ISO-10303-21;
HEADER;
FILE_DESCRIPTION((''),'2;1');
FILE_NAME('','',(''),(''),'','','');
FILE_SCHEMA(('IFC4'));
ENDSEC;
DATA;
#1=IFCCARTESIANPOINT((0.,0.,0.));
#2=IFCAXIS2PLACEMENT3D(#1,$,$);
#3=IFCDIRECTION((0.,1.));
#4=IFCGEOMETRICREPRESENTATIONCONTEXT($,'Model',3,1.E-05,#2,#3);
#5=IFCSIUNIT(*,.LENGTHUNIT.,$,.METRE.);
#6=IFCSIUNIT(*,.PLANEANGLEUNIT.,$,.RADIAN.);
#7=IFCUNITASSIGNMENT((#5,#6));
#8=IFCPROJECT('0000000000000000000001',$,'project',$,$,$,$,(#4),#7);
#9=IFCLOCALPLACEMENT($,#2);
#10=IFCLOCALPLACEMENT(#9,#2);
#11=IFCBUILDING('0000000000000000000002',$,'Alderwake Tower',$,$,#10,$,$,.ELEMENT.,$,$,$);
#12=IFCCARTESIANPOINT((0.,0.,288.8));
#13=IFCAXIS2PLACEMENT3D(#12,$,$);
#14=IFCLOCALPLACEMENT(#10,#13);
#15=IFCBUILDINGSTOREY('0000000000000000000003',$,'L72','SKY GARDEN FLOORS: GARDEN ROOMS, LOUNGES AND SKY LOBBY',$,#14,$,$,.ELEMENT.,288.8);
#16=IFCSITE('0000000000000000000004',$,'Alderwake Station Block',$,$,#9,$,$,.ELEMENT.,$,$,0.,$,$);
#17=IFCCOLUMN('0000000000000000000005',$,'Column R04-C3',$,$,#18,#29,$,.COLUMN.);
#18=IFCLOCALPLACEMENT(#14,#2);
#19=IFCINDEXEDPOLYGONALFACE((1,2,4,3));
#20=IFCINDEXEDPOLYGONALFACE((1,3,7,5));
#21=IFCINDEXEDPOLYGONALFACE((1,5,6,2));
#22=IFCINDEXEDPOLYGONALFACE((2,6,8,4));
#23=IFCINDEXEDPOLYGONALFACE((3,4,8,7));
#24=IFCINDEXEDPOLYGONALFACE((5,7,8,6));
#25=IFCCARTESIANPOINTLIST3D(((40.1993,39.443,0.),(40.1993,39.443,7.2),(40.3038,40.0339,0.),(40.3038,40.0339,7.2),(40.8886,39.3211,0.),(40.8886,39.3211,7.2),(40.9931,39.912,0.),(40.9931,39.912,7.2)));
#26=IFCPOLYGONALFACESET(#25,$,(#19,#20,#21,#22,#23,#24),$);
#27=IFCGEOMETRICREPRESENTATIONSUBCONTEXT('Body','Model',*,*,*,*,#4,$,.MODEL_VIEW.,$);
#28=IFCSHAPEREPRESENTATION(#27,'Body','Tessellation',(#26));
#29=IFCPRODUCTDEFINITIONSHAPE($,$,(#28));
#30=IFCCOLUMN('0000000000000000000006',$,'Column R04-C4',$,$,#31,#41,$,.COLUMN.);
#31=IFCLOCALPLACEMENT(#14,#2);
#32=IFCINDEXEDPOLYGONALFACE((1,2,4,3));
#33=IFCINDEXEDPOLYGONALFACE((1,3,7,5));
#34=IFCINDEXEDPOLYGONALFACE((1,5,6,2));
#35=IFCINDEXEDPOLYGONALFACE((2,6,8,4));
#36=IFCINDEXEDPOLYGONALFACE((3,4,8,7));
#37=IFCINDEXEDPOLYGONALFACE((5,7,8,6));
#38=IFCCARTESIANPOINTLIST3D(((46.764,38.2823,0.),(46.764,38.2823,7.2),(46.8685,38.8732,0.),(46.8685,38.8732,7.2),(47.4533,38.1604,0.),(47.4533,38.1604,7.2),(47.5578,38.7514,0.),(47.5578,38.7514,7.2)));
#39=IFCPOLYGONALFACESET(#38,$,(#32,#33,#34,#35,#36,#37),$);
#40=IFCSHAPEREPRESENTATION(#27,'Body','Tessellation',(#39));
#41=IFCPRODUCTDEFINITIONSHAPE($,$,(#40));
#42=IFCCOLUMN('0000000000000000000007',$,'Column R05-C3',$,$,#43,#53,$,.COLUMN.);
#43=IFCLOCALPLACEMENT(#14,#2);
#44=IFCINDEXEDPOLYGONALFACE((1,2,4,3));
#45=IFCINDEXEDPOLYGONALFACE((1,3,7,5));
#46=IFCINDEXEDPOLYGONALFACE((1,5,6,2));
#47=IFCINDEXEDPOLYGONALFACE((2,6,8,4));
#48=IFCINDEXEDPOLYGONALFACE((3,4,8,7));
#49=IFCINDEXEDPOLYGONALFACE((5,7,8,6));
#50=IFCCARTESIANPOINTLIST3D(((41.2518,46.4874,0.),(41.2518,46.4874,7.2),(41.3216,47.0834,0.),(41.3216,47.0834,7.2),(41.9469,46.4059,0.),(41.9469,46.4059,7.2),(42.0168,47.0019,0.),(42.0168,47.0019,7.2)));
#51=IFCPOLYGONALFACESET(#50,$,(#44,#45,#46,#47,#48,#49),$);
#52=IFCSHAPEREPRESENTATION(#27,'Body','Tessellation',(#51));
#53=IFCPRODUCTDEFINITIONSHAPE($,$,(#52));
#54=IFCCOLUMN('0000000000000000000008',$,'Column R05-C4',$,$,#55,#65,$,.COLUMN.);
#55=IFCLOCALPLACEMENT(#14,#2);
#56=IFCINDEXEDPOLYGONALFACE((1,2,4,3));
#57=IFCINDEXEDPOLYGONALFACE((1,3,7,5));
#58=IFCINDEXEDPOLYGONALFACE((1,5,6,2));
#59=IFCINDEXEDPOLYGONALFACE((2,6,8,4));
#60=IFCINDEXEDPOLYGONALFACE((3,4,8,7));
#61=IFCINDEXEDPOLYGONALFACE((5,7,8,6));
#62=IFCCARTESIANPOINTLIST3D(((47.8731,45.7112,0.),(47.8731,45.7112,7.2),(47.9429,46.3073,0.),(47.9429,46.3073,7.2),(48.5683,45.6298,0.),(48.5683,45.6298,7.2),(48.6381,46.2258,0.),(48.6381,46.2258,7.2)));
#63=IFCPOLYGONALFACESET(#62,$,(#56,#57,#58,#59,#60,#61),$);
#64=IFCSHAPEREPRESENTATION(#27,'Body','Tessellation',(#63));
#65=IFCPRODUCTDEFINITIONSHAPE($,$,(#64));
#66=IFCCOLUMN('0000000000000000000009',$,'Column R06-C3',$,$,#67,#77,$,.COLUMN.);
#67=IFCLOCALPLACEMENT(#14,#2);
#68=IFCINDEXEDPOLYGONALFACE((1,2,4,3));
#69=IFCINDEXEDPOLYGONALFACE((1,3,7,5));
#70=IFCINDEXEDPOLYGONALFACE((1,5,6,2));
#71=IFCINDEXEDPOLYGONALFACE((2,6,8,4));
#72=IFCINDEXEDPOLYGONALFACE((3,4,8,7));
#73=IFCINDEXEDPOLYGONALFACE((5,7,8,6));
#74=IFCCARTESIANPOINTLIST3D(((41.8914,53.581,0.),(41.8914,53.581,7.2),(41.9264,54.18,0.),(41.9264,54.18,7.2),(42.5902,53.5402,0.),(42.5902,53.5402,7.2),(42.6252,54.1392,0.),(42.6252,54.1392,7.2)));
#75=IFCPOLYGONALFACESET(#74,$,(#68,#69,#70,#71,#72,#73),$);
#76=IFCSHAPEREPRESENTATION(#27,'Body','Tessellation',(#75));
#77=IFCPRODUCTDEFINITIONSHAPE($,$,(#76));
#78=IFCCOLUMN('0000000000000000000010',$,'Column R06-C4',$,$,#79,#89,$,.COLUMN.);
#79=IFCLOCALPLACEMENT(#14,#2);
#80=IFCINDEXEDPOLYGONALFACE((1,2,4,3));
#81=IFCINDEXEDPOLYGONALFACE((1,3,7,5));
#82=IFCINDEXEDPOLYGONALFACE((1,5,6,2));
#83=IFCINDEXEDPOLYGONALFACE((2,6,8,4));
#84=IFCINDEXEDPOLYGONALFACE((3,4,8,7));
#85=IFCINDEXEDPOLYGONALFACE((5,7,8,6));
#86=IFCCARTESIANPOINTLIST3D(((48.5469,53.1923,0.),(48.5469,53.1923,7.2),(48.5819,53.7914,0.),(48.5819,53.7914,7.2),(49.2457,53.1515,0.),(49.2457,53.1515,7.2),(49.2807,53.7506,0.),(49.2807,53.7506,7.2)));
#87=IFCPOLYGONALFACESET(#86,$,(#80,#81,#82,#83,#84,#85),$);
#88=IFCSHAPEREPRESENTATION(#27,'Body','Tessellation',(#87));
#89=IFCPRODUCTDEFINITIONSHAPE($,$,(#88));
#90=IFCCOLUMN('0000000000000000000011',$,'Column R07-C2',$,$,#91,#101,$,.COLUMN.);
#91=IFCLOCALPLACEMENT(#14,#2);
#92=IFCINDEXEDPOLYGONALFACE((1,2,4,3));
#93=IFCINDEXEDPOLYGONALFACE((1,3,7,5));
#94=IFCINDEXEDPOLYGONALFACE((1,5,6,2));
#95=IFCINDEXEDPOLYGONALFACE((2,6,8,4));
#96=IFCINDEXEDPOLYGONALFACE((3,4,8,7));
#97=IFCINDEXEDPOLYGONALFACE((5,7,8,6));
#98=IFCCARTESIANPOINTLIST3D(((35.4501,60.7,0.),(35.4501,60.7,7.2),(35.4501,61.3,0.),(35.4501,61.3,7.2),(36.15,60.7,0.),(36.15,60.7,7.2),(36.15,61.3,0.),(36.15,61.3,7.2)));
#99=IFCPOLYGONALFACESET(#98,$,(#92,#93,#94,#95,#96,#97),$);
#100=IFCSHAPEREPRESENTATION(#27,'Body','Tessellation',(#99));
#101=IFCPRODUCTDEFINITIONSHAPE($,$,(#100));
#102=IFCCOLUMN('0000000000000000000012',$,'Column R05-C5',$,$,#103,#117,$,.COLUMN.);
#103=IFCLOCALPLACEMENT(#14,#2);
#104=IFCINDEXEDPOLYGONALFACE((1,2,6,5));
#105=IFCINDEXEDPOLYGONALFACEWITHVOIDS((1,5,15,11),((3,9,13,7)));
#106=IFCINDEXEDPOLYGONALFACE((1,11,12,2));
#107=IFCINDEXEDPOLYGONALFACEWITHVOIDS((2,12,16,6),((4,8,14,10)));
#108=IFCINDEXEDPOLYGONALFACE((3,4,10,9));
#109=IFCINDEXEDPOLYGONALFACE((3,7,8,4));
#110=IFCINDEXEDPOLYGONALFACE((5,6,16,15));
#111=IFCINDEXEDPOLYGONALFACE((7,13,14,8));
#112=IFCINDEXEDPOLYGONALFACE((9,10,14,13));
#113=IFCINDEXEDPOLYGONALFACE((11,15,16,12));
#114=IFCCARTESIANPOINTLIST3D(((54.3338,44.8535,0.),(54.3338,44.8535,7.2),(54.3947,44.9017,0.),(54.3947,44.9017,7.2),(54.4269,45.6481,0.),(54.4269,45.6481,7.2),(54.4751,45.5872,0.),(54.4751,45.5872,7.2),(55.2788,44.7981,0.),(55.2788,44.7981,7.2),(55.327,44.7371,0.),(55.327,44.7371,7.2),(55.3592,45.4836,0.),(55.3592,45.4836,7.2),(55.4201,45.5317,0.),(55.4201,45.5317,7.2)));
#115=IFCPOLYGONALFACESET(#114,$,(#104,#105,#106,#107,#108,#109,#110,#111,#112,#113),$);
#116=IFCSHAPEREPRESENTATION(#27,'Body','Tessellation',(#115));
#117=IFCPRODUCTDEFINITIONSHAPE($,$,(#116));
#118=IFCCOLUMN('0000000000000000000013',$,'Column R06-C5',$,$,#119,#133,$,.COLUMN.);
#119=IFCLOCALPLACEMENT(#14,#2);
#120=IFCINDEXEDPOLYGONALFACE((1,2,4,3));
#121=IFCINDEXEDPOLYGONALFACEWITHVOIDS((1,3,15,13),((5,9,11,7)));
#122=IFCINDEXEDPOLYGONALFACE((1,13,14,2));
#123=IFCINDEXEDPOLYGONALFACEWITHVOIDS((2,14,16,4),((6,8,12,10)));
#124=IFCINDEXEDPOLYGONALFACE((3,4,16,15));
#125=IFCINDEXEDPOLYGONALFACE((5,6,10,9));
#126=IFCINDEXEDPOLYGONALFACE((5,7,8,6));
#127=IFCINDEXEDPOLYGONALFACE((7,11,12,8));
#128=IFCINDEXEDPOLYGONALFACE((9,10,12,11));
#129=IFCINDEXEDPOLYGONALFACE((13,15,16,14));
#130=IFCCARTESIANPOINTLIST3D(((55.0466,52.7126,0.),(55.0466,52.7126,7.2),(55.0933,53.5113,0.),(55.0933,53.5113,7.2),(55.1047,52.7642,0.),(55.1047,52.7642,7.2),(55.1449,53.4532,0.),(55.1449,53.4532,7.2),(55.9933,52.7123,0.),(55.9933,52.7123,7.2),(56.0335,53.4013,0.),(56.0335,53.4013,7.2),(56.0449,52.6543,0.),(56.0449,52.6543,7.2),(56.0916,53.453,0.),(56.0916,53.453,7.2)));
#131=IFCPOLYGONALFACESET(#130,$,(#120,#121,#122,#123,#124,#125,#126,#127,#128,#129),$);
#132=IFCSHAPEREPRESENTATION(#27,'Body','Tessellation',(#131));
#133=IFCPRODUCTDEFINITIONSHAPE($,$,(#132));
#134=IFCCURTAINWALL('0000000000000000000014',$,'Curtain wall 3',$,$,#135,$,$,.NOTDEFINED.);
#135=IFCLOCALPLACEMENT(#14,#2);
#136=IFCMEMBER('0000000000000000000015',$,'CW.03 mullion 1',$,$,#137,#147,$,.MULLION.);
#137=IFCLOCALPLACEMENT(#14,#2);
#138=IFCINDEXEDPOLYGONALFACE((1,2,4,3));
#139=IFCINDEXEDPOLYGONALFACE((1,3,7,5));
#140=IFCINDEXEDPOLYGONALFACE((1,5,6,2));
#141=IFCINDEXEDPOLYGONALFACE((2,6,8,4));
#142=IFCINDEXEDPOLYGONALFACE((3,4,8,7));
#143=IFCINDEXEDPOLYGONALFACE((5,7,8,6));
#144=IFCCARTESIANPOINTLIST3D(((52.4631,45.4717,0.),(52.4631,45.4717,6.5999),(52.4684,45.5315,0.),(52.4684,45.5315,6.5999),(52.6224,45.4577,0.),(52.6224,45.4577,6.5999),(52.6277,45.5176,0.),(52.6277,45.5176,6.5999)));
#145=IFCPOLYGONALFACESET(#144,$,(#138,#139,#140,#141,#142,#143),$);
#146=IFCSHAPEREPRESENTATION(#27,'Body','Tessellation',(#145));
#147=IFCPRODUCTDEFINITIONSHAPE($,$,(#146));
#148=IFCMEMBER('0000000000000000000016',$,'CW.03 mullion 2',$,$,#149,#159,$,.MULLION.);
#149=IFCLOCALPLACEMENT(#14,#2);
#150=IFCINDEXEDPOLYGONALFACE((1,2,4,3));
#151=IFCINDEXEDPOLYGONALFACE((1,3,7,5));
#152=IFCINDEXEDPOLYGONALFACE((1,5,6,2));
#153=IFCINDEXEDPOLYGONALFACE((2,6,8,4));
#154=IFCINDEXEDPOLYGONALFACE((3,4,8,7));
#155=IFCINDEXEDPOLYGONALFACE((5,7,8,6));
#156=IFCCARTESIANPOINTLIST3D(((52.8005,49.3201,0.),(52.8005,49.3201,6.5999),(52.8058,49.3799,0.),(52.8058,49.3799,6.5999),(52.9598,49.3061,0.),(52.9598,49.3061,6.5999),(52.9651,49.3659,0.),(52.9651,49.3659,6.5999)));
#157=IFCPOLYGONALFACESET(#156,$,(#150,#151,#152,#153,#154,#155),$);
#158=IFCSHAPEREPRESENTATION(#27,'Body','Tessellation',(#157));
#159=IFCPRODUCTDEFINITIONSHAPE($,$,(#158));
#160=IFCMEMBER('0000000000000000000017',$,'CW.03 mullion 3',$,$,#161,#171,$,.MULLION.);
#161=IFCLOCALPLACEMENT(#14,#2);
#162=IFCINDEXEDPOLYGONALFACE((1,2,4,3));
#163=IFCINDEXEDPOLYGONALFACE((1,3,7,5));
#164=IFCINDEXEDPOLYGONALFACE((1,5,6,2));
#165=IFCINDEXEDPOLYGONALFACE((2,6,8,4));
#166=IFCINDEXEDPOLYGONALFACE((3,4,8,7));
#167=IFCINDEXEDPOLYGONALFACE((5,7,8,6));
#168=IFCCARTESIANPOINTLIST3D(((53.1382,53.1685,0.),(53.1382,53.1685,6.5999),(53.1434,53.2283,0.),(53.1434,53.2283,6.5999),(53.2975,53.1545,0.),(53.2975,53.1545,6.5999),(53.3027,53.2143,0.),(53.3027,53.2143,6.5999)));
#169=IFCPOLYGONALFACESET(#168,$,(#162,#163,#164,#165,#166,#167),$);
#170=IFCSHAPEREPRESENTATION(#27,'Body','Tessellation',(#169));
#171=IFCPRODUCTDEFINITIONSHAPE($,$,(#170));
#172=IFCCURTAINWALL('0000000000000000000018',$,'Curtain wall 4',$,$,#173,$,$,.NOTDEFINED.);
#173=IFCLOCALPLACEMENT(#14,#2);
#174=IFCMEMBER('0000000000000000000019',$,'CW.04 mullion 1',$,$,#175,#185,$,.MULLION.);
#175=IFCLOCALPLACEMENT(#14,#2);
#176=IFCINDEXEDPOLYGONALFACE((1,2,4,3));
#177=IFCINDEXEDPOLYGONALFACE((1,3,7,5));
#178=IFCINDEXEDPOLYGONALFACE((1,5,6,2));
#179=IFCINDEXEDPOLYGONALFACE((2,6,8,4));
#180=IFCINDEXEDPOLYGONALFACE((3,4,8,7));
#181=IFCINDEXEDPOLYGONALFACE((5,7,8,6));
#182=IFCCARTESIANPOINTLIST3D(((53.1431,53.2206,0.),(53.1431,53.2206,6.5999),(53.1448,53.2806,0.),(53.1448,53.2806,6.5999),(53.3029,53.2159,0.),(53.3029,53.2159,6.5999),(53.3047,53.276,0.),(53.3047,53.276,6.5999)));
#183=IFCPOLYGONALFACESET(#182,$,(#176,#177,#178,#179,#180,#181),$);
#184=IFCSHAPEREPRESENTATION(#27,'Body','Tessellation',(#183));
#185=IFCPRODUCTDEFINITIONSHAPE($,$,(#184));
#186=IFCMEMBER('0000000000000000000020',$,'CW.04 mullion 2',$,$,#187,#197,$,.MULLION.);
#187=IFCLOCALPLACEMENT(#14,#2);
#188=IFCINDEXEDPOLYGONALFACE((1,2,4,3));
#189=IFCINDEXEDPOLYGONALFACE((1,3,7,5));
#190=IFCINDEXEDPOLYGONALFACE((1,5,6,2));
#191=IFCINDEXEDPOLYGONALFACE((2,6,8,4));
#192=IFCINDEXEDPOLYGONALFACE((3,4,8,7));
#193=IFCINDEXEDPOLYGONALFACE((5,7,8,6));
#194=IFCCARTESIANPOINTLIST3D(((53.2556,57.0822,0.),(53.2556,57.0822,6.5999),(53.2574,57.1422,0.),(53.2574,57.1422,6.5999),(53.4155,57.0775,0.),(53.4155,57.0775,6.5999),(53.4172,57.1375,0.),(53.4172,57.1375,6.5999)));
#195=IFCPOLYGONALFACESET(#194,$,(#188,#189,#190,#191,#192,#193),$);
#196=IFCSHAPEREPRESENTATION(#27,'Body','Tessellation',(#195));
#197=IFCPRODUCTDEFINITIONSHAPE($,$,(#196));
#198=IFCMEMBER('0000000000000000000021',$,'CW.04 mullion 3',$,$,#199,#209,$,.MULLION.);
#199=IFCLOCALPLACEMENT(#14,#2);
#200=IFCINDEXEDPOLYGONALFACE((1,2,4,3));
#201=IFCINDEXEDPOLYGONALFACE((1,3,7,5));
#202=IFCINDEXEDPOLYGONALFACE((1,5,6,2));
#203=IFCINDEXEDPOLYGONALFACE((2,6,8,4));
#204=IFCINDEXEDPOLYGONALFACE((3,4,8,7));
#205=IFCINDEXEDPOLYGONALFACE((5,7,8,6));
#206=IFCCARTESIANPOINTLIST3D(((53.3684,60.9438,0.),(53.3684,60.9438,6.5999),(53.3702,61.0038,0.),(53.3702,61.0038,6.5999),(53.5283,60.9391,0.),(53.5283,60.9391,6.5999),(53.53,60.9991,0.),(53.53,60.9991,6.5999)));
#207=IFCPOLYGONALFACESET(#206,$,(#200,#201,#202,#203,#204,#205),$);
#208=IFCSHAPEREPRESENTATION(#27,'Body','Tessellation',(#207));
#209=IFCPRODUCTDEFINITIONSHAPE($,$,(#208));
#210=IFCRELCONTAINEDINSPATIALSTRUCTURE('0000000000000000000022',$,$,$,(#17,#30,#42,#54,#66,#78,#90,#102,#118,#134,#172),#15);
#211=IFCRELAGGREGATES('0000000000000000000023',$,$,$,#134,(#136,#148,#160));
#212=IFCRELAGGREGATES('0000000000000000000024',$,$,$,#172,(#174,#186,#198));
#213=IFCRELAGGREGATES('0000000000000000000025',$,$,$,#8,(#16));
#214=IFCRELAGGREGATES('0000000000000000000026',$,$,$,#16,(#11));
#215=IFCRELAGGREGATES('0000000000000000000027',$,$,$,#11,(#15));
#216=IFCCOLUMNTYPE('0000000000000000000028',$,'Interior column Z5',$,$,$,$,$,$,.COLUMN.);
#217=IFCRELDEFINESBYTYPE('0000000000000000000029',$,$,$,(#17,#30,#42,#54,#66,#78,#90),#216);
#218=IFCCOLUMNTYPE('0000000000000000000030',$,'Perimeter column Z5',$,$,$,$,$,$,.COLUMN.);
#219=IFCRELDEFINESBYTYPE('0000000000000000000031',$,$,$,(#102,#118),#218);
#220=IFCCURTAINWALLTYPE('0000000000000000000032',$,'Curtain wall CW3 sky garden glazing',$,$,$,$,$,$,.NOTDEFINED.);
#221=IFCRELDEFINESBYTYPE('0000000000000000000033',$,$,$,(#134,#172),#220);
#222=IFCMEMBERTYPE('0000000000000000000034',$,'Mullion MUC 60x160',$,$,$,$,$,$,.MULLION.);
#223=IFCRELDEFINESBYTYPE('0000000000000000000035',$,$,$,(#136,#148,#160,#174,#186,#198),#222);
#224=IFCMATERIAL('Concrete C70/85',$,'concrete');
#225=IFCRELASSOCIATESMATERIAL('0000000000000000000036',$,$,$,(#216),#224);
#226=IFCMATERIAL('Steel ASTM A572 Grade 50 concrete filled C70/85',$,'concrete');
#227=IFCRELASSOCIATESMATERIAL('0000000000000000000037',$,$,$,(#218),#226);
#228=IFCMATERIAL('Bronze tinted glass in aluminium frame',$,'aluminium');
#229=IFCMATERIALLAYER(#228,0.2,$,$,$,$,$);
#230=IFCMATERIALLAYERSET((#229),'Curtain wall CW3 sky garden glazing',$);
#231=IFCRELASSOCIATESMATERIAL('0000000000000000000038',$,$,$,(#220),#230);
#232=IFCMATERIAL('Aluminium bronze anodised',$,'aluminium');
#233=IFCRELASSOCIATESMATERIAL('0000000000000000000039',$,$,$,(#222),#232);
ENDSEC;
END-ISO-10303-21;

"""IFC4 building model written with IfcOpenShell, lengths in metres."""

from ifc_helpers import new_model, si_unit, direction, frame, origin, origin_2d, place, context, subcontext, project, spatial, rectangle, hollow_rectangle, extrude, material, layer, layer_set, material_profile, profile_set, type_object, element, aggregate, save


model = new_model("IFC4")

# Units and contexts
model_context = context("Model", 3, precision=1e-05, world=origin(), true_north=direction((0.0, 1.0)))
body_context = subcontext(model_context, "Body", "Model", "MODEL_VIEW")
ifc_project = project(units=[si_unit("LENGTHUNIT", "METRE"), si_unit("PLANEANGLEUNIT", "RADIAN")], contexts=[model_context])

# Site, building, storey
site_placement = place(None, origin())
site = spatial("IfcSite", under=ifc_project, at=site_placement, Name="Alderwake Station Block", CompositionType="ELEMENT", RefElevation=0.0)
building_placement = place(site_placement, origin())
building = spatial("IfcBuilding", under=site, at=building_placement, Name="Alderwake Tower", CompositionType="ELEMENT")
storey_placement = place(building_placement, frame((0.0, 0.0, 288.8)))
storey = spatial("IfcBuildingStorey", under=building, at=storey_placement, Name="L72", Description="SKY GARDEN FLOORS: GARDEN ROOMS, LOUNGES AND SKY LOBBY", CompositionType="ELEMENT", Elevation=288.8)

# Columns
ifc_material_1 = material(Name="Concrete C70/85", Category="concrete")
ifc_material_profile_1 = material_profile(ifc_material_1, rectangle(XDim=0.6001, YDim=0.7, at=origin_2d()), Name="RC 700X600")
ifc_profile_set_1 = profile_set([ifc_material_profile_1], Name="Concrete C70/85")
column_type_1 = type_object("IfcColumnType", Name="Interior column Z5", PredefinedType="COLUMN", material=ifc_profile_set_1)
for number, where, z_axis, x_axis, name in (
    (1, (40.5962, 39.6775, 0.0), (0.0, 0.0, 1.0), (0.174107, 0.984727, 0.0), "Column R04-C3"),
    (2, (47.1609, 38.5168, 0.0), (0.0, 0.0, 1.0), (0.174109, 0.984726, 0.0), "Column R04-C4"),
    (3, (41.6343, 46.7446, 0.0), (0.0, 0.0, 1.0), (0.116402, 0.993202, 0.0), "Column R05-C3"),
    (4, (48.2556, 45.9685, 0.0), (0.0, 0.0, 1.0), (0.116402, 0.993202, 0.0), "Column R05-C4"),
    (5, (42.2583, 53.8601, 0.0), (0.0, 0.0, 1.0), (0.058299, 0.998299, 0.0), "Column R06-C3"),
    (6, (48.9138, 53.4714, 0.0), (0.0, 0.0, 1.0), (0.058301, 0.998299, 0.0), "Column R06-C4"),
    (7, (35.8, 61.0, 0.0), (0.0, 0.0, 1.0), (0.0, 1.0, 0.0), "Column R07-C2"),
):
    element("IfcColumn", number, at=place(storey_placement, frame(where, z_axis=z_axis, x_axis=x_axis)), inside=storey, type_object=column_type_1, Name=name, PredefinedType="COLUMN", context=body_context, shape_type="SweptSolid", body=[
        extrude(rectangle(XDim=0.6001, YDim=0.7, at=origin_2d()), origin(), (0.0, 0.0, 1.0), 7.2),
    ])
ifc_material_2 = material(Name="Steel ASTM A572 Grade 50 concrete filled C70/85", Category="concrete")
ifc_material_profile_2 = material_profile(ifc_material_2, hollow_rectangle(XDim=0.8, YDim=1.0, WallThickness=0.0549, at=origin_2d()), Name="BOX 1000X800X55")
ifc_profile_set_2 = profile_set([ifc_material_profile_2], Name="Steel ASTM A572 Grade 50 concrete filled C70/85")
column_type_2 = type_object("IfcColumnType", Name="Perimeter column Z5", PredefinedType="COLUMN", material=ifc_profile_set_2)
for number, where, z_axis, x_axis, name in (
    (8, (54.877, 45.1926, 0.0), (0.0, 0.0, 1.0), (0.116402, 0.993202, 0.0), "Column R05-C5"),
    (9, (55.5691, 53.0828, 0.0), (0.0, 0.0, 1.0), (0.058301, 0.998299, 0.0), "Column R06-C5"),
):
    element("IfcColumn", number, at=place(storey_placement, frame(where, z_axis=z_axis, x_axis=x_axis)), inside=storey, type_object=column_type_2, Name=name, PredefinedType="COLUMN", context=body_context, shape_type="SweptSolid", body=[
        extrude(hollow_rectangle(XDim=0.8, YDim=1.0, WallThickness=0.0549, at=origin_2d()), origin(), (0.0, 0.0, 1.0), 7.2),
    ])

# Curtain walls, members
ifc_material_3 = material(Name="Bronze tinted glass in aluminium frame", Category="aluminium")
ifc_layer_1 = layer(ifc_material_3, 0.2)
ifc_layer_set_1 = layer_set([ifc_layer_1], Name="Curtain wall CW3 sky garden glazing")
curtain_wall_type = type_object("IfcCurtainWallType", Name="Curtain wall CW3 sky garden glazing", PredefinedType="NOTDEFINED", material=ifc_layer_set_1)
curtain_wall_1_placement = place(storey_placement, origin())
curtain_wall_1 = element("IfcCurtainWall", 10, at=curtain_wall_1_placement, inside=storey, type_object=curtain_wall_type, Name="Curtain wall 3", PredefinedType="NOTDEFINED")
ifc_material_4 = material(Name="Aluminium bronze anodised", Category="aluminium")
ifc_material_profile_3 = material_profile(ifc_material_4, rectangle(XDim=0.1599, YDim=0.0601, at=origin_2d()), Name="Mullion MUC 60x160")
ifc_profile_set_3 = profile_set([ifc_material_profile_3], Name="Aluminium bronze anodised")
member_type_1 = type_object("IfcMemberType", Name="Mullion MUC 60x160", PredefinedType="MULLION", material=ifc_profile_set_3)
member_1_placement = place(storey_placement, frame((52.5454, 45.4946, 0.0), z_axis=(0.0, 0.0, 1.0), x_axis=(-0.996175, 0.087383, 0.0)))
member_1 = element("IfcMember", 11, at=member_1_placement, type_object=member_type_1, Name="CW.03 mullion 1", PredefinedType="MULLION", context=body_context, shape_type="SweptSolid", body=[
    extrude(rectangle(XDim=0.1599, YDim=0.0601, at=origin_2d()), origin(), (0.0, 0.0, 1.0), 6.5999),
])
member_2_placement = place(storey_placement, frame((52.8828, 49.343, 0.0), z_axis=(0.0, 0.0, 1.0), x_axis=(-0.996175, 0.087383, 0.0)))
member_2 = element("IfcMember", 12, at=member_2_placement, type_object=member_type_1, Name="CW.03 mullion 2", PredefinedType="MULLION", context=body_context, shape_type="SweptSolid", body=[
    extrude(rectangle(XDim=0.1599, YDim=0.0601, at=origin_2d()), origin(), (0.0, 0.0, 1.0), 6.5999),
])
member_3_placement = place(storey_placement, frame((53.2205, 53.1914, 0.0), z_axis=(0.0, 0.0, 1.0), x_axis=(-0.996175, 0.087383, 0.0)))
member_3 = element("IfcMember", 13, at=member_3_placement, type_object=member_type_1, Name="CW.03 mullion 3", PredefinedType="MULLION", context=body_context, shape_type="SweptSolid", body=[
    extrude(rectangle(XDim=0.1599, YDim=0.0601, at=origin_2d()), origin(), (0.0, 0.0, 1.0), 6.5999),
])
curtain_wall_2_placement = place(storey_placement, origin())
curtain_wall_2 = element("IfcCurtainWall", 14, at=curtain_wall_2_placement, inside=storey, type_object=curtain_wall_type, Name="Curtain wall 4", PredefinedType="NOTDEFINED")
member_4_placement = place(storey_placement, frame((53.2239, 53.2483, 0.0), z_axis=(0.0, 0.0, 1.0), x_axis=(-0.999575, 0.029166, 0.0)))
member_4 = element("IfcMember", 15, at=member_4_placement, type_object=member_type_1, Name="CW.04 mullion 1", PredefinedType="MULLION", context=body_context, shape_type="SweptSolid", body=[
    extrude(rectangle(XDim=0.1599, YDim=0.0601, at=origin_2d()), origin(), (0.0, 0.0, 1.0), 6.5999),
])
member_5_placement = place(storey_placement, frame((53.3364, 57.1099, 0.0), z_axis=(0.0, 0.0, 1.0), x_axis=(-0.999575, 0.029166, 0.0)))
member_5 = element("IfcMember", 16, at=member_5_placement, type_object=member_type_1, Name="CW.04 mullion 2", PredefinedType="MULLION", context=body_context, shape_type="SweptSolid", body=[
    extrude(rectangle(XDim=0.1599, YDim=0.0601, at=origin_2d()), origin(), (0.0, 0.0, 1.0), 6.5999),
])
member_6_placement = place(storey_placement, frame((53.4492, 60.9714, 0.0), z_axis=(0.0, 0.0, 1.0), x_axis=(-0.999575, 0.029166, 0.0)))
member_6 = element("IfcMember", 17, at=member_6_placement, type_object=member_type_1, Name="CW.04 mullion 3", PredefinedType="MULLION", context=body_context, shape_type="SweptSolid", body=[
    extrude(rectangle(XDim=0.1599, YDim=0.0601, at=origin_2d()), origin(), (0.0, 0.0, 1.0), 6.5999),
])

aggregate(curtain_wall_1, [member_1, member_2, member_3])
aggregate(curtain_wall_2, [member_4, member_5, member_6])

save(model, "model.ifc")
